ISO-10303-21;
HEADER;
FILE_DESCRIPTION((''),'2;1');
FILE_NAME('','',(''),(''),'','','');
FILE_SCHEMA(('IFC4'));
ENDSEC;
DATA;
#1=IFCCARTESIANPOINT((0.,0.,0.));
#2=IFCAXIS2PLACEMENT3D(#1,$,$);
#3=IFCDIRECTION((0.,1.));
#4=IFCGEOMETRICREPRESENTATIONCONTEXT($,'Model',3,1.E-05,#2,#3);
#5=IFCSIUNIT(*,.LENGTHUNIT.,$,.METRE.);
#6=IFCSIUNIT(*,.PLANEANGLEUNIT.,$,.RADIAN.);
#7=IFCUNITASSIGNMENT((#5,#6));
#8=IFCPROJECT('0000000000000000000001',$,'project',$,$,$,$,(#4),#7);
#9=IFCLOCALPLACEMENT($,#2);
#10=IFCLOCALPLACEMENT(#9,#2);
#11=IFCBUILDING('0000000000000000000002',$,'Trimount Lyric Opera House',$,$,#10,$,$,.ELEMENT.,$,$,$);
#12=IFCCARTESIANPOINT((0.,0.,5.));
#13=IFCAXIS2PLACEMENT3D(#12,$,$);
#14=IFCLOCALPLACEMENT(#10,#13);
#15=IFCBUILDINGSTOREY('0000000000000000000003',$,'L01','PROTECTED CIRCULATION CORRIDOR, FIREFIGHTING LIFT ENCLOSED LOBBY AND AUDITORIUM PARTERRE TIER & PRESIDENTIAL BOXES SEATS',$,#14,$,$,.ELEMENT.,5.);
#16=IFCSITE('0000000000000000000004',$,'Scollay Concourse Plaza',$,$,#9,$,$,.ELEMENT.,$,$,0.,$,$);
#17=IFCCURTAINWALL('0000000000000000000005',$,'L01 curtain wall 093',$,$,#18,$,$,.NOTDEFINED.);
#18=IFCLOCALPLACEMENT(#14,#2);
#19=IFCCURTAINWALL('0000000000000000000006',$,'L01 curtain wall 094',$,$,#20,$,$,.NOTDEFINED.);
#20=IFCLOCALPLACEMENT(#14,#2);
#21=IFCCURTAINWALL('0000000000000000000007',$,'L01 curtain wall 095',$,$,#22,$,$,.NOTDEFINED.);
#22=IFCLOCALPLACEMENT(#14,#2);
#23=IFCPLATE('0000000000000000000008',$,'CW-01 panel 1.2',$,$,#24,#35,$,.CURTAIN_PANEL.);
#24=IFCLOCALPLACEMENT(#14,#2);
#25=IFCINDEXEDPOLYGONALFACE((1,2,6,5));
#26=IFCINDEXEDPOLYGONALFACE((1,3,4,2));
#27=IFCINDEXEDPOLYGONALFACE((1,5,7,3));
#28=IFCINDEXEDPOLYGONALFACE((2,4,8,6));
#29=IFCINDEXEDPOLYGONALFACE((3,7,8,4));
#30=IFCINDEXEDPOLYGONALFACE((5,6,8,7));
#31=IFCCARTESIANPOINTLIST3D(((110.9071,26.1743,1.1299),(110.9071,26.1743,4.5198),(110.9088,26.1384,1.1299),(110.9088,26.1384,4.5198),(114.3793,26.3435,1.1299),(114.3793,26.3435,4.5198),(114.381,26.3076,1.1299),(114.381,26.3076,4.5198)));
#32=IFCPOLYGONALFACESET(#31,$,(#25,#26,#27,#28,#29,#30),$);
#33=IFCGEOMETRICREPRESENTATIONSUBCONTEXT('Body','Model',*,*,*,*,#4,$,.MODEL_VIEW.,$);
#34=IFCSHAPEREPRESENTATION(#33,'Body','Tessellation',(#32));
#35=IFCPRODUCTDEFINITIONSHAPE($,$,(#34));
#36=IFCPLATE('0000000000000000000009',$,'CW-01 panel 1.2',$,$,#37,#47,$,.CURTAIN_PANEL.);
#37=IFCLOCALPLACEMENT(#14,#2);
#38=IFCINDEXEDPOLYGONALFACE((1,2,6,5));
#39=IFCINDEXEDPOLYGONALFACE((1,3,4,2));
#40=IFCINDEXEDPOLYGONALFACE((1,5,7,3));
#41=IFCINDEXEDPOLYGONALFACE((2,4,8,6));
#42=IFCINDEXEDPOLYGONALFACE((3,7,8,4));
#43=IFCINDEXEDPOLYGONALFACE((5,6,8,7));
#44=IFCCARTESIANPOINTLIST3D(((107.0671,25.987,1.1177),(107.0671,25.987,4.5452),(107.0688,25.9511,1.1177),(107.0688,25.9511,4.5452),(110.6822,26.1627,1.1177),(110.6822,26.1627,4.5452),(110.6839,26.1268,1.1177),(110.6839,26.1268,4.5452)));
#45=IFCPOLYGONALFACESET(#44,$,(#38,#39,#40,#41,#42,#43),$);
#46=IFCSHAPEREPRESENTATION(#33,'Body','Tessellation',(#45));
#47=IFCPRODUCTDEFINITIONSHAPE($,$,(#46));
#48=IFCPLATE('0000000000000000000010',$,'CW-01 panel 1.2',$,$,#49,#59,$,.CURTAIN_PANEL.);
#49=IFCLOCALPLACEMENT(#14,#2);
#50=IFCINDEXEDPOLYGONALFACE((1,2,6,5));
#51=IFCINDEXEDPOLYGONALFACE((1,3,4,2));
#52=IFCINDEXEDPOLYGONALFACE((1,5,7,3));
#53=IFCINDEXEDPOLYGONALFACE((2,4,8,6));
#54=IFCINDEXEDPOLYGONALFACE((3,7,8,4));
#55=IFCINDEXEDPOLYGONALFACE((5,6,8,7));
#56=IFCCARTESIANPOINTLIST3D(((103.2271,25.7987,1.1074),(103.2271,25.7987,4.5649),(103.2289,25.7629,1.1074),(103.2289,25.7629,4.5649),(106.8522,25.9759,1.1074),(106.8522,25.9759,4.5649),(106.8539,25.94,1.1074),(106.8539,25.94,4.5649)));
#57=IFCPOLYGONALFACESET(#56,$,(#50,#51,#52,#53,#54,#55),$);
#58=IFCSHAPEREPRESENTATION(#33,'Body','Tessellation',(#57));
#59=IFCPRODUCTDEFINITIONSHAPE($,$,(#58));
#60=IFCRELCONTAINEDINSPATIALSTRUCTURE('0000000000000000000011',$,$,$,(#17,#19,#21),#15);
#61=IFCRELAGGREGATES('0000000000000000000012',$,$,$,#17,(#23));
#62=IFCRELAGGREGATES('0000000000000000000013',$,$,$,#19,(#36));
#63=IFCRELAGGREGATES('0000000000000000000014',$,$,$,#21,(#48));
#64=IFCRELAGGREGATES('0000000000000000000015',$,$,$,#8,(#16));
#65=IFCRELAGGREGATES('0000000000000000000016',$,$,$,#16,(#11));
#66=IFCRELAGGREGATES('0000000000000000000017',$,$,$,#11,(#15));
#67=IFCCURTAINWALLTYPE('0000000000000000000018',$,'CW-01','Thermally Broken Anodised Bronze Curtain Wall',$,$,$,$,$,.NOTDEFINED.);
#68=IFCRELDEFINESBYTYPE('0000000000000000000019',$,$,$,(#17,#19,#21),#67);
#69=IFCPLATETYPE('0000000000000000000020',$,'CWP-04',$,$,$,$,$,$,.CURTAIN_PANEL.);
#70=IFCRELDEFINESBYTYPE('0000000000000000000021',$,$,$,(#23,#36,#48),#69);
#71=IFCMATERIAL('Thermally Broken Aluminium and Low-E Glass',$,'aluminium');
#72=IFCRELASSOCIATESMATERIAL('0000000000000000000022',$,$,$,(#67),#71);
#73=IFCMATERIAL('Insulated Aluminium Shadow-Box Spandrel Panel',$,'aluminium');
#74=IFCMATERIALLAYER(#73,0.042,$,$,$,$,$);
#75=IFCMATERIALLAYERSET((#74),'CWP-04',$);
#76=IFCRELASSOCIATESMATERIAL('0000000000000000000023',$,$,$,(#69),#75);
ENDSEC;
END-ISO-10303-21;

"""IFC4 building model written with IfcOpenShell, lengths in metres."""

from ifc_helpers import new_model, si_unit, direction, frame, origin, origin_2d, place, context, subcontext, project, spatial, rectangle, extrude, material, layer, layer_set, type_object, element, aggregate, save


model = new_model("IFC4")

# Units and contexts
model_context = context("Model", 3, precision=1e-05, world=origin(), true_north=direction((0.0, 1.0)))
body_context = subcontext(model_context, "Body", "Model", "MODEL_VIEW")
ifc_project = project(units=[si_unit("LENGTHUNIT", "METRE"), si_unit("PLANEANGLEUNIT", "RADIAN")], contexts=[model_context])

# Site, building, storey
site_placement = place(None, origin())
site = spatial("IfcSite", under=ifc_project, at=site_placement, Name="Scollay Concourse Plaza", CompositionType="ELEMENT", RefElevation=0.0)
building_placement = place(site_placement, origin())
building = spatial("IfcBuilding", under=site, at=building_placement, Name="Trimount Lyric Opera House", CompositionType="ELEMENT")
storey_placement = place(building_placement, frame((0.0, 0.0, 5.0)))
storey = spatial("IfcBuildingStorey", under=building, at=storey_placement, Name="L01", Description="PROTECTED CIRCULATION CORRIDOR, FIREFIGHTING LIFT ENCLOSED LOBBY AND AUDITORIUM PARTERRE TIER & PRESIDENTIAL BOXES SEATS", CompositionType="ELEMENT", Elevation=5.0)

# Curtain walls
ifc_material_1 = material(Name="Thermally Broken Aluminium and Low-E Glass", Category="aluminium")
curtain_wall_type = type_object("IfcCurtainWallType", Name="CW-01", Description="Thermally Broken Anodised Bronze Curtain Wall", PredefinedType="NOTDEFINED", material=ifc_material_1)
curtain_wall_1_placement = place(storey_placement, origin())
curtain_wall_1 = element("IfcCurtainWall", 1, at=curtain_wall_1_placement, inside=storey, type_object=curtain_wall_type, Name="L01 curtain wall 093", PredefinedType="NOTDEFINED")
curtain_wall_2_placement = place(storey_placement, origin())
curtain_wall_2 = element("IfcCurtainWall", 2, at=curtain_wall_2_placement, inside=storey, type_object=curtain_wall_type, Name="L01 curtain wall 094", PredefinedType="NOTDEFINED")

# Curtain wall
curtain_wall_3_placement = place(storey_placement, origin())
curtain_wall_3 = element("IfcCurtainWall", 3, at=curtain_wall_3_placement, inside=storey, type_object=curtain_wall_type, Name="L01 curtain wall 095", PredefinedType="NOTDEFINED")

# Plates
ifc_material_2 = material(Name="Insulated Aluminium Shadow-Box Spandrel Panel", Category="aluminium")
ifc_layer_1 = layer(ifc_material_2, 0.042)
ifc_layer_set_1 = layer_set([ifc_layer_1], Name="CWP-04")
plate_type_1 = type_object("IfcPlateType", Name="CWP-04", PredefinedType="CURTAIN_PANEL", material=ifc_layer_set_1)
plate_1_placement = place(storey_placement, frame((112.644, 26.241, 1.1299), z_axis=(0.0, 0.0, 1.0), x_axis=(-0.998815, -0.048669, 0.0)))
plate_1 = element("IfcPlate", 4, at=plate_1_placement, type_object=plate_type_1, Name="CW-01 panel 1.2", PredefinedType="CURTAIN_PANEL", context=body_context, shape_type="SweptSolid", body=[
    extrude(rectangle(XDim=3.4763, YDim=0.0359, at=origin_2d()), origin(), (0.0, 0.0, 1.0), 3.3899),
])
aggregate(curtain_wall_1, [plate_1])
plate_2_placement = place(storey_placement, frame((108.8755, 26.0569, 1.1177), z_axis=(0.0, 0.0, 1.0), x_axis=(-0.998821, -0.048541, 0.0)))
plate_2 = element("IfcPlate", 5, at=plate_2_placement, type_object=plate_type_1, Name="CW-01 panel 1.2", PredefinedType="CURTAIN_PANEL", context=body_context, shape_type="SweptSolid", body=[
    extrude(rectangle(XDim=3.6194, YDim=0.0359, at=origin_2d()), origin(), (0.0, 0.0, 1.0), 3.4275),
])
aggregate(curtain_wall_2, [plate_2])
plate_3_placement = place(storey_placement, frame((105.0405, 25.8694, 1.1074), z_axis=(0.0, 0.0, 1.0), x_axis=(-0.998808, -0.048807, 0.0)))
plate_3 = element("IfcPlate", 6, at=plate_3_placement, type_object=plate_type_1, Name="CW-01 panel 1.2", PredefinedType="CURTAIN_PANEL", context=body_context, shape_type="SweptSolid", body=[
    extrude(rectangle(XDim=3.6294, YDim=0.0359, at=origin_2d()), origin(), (0.0, 0.0, 1.0), 3.4575),
])
aggregate(curtain_wall_3, [plate_3])

save(model, "model.ifc")
